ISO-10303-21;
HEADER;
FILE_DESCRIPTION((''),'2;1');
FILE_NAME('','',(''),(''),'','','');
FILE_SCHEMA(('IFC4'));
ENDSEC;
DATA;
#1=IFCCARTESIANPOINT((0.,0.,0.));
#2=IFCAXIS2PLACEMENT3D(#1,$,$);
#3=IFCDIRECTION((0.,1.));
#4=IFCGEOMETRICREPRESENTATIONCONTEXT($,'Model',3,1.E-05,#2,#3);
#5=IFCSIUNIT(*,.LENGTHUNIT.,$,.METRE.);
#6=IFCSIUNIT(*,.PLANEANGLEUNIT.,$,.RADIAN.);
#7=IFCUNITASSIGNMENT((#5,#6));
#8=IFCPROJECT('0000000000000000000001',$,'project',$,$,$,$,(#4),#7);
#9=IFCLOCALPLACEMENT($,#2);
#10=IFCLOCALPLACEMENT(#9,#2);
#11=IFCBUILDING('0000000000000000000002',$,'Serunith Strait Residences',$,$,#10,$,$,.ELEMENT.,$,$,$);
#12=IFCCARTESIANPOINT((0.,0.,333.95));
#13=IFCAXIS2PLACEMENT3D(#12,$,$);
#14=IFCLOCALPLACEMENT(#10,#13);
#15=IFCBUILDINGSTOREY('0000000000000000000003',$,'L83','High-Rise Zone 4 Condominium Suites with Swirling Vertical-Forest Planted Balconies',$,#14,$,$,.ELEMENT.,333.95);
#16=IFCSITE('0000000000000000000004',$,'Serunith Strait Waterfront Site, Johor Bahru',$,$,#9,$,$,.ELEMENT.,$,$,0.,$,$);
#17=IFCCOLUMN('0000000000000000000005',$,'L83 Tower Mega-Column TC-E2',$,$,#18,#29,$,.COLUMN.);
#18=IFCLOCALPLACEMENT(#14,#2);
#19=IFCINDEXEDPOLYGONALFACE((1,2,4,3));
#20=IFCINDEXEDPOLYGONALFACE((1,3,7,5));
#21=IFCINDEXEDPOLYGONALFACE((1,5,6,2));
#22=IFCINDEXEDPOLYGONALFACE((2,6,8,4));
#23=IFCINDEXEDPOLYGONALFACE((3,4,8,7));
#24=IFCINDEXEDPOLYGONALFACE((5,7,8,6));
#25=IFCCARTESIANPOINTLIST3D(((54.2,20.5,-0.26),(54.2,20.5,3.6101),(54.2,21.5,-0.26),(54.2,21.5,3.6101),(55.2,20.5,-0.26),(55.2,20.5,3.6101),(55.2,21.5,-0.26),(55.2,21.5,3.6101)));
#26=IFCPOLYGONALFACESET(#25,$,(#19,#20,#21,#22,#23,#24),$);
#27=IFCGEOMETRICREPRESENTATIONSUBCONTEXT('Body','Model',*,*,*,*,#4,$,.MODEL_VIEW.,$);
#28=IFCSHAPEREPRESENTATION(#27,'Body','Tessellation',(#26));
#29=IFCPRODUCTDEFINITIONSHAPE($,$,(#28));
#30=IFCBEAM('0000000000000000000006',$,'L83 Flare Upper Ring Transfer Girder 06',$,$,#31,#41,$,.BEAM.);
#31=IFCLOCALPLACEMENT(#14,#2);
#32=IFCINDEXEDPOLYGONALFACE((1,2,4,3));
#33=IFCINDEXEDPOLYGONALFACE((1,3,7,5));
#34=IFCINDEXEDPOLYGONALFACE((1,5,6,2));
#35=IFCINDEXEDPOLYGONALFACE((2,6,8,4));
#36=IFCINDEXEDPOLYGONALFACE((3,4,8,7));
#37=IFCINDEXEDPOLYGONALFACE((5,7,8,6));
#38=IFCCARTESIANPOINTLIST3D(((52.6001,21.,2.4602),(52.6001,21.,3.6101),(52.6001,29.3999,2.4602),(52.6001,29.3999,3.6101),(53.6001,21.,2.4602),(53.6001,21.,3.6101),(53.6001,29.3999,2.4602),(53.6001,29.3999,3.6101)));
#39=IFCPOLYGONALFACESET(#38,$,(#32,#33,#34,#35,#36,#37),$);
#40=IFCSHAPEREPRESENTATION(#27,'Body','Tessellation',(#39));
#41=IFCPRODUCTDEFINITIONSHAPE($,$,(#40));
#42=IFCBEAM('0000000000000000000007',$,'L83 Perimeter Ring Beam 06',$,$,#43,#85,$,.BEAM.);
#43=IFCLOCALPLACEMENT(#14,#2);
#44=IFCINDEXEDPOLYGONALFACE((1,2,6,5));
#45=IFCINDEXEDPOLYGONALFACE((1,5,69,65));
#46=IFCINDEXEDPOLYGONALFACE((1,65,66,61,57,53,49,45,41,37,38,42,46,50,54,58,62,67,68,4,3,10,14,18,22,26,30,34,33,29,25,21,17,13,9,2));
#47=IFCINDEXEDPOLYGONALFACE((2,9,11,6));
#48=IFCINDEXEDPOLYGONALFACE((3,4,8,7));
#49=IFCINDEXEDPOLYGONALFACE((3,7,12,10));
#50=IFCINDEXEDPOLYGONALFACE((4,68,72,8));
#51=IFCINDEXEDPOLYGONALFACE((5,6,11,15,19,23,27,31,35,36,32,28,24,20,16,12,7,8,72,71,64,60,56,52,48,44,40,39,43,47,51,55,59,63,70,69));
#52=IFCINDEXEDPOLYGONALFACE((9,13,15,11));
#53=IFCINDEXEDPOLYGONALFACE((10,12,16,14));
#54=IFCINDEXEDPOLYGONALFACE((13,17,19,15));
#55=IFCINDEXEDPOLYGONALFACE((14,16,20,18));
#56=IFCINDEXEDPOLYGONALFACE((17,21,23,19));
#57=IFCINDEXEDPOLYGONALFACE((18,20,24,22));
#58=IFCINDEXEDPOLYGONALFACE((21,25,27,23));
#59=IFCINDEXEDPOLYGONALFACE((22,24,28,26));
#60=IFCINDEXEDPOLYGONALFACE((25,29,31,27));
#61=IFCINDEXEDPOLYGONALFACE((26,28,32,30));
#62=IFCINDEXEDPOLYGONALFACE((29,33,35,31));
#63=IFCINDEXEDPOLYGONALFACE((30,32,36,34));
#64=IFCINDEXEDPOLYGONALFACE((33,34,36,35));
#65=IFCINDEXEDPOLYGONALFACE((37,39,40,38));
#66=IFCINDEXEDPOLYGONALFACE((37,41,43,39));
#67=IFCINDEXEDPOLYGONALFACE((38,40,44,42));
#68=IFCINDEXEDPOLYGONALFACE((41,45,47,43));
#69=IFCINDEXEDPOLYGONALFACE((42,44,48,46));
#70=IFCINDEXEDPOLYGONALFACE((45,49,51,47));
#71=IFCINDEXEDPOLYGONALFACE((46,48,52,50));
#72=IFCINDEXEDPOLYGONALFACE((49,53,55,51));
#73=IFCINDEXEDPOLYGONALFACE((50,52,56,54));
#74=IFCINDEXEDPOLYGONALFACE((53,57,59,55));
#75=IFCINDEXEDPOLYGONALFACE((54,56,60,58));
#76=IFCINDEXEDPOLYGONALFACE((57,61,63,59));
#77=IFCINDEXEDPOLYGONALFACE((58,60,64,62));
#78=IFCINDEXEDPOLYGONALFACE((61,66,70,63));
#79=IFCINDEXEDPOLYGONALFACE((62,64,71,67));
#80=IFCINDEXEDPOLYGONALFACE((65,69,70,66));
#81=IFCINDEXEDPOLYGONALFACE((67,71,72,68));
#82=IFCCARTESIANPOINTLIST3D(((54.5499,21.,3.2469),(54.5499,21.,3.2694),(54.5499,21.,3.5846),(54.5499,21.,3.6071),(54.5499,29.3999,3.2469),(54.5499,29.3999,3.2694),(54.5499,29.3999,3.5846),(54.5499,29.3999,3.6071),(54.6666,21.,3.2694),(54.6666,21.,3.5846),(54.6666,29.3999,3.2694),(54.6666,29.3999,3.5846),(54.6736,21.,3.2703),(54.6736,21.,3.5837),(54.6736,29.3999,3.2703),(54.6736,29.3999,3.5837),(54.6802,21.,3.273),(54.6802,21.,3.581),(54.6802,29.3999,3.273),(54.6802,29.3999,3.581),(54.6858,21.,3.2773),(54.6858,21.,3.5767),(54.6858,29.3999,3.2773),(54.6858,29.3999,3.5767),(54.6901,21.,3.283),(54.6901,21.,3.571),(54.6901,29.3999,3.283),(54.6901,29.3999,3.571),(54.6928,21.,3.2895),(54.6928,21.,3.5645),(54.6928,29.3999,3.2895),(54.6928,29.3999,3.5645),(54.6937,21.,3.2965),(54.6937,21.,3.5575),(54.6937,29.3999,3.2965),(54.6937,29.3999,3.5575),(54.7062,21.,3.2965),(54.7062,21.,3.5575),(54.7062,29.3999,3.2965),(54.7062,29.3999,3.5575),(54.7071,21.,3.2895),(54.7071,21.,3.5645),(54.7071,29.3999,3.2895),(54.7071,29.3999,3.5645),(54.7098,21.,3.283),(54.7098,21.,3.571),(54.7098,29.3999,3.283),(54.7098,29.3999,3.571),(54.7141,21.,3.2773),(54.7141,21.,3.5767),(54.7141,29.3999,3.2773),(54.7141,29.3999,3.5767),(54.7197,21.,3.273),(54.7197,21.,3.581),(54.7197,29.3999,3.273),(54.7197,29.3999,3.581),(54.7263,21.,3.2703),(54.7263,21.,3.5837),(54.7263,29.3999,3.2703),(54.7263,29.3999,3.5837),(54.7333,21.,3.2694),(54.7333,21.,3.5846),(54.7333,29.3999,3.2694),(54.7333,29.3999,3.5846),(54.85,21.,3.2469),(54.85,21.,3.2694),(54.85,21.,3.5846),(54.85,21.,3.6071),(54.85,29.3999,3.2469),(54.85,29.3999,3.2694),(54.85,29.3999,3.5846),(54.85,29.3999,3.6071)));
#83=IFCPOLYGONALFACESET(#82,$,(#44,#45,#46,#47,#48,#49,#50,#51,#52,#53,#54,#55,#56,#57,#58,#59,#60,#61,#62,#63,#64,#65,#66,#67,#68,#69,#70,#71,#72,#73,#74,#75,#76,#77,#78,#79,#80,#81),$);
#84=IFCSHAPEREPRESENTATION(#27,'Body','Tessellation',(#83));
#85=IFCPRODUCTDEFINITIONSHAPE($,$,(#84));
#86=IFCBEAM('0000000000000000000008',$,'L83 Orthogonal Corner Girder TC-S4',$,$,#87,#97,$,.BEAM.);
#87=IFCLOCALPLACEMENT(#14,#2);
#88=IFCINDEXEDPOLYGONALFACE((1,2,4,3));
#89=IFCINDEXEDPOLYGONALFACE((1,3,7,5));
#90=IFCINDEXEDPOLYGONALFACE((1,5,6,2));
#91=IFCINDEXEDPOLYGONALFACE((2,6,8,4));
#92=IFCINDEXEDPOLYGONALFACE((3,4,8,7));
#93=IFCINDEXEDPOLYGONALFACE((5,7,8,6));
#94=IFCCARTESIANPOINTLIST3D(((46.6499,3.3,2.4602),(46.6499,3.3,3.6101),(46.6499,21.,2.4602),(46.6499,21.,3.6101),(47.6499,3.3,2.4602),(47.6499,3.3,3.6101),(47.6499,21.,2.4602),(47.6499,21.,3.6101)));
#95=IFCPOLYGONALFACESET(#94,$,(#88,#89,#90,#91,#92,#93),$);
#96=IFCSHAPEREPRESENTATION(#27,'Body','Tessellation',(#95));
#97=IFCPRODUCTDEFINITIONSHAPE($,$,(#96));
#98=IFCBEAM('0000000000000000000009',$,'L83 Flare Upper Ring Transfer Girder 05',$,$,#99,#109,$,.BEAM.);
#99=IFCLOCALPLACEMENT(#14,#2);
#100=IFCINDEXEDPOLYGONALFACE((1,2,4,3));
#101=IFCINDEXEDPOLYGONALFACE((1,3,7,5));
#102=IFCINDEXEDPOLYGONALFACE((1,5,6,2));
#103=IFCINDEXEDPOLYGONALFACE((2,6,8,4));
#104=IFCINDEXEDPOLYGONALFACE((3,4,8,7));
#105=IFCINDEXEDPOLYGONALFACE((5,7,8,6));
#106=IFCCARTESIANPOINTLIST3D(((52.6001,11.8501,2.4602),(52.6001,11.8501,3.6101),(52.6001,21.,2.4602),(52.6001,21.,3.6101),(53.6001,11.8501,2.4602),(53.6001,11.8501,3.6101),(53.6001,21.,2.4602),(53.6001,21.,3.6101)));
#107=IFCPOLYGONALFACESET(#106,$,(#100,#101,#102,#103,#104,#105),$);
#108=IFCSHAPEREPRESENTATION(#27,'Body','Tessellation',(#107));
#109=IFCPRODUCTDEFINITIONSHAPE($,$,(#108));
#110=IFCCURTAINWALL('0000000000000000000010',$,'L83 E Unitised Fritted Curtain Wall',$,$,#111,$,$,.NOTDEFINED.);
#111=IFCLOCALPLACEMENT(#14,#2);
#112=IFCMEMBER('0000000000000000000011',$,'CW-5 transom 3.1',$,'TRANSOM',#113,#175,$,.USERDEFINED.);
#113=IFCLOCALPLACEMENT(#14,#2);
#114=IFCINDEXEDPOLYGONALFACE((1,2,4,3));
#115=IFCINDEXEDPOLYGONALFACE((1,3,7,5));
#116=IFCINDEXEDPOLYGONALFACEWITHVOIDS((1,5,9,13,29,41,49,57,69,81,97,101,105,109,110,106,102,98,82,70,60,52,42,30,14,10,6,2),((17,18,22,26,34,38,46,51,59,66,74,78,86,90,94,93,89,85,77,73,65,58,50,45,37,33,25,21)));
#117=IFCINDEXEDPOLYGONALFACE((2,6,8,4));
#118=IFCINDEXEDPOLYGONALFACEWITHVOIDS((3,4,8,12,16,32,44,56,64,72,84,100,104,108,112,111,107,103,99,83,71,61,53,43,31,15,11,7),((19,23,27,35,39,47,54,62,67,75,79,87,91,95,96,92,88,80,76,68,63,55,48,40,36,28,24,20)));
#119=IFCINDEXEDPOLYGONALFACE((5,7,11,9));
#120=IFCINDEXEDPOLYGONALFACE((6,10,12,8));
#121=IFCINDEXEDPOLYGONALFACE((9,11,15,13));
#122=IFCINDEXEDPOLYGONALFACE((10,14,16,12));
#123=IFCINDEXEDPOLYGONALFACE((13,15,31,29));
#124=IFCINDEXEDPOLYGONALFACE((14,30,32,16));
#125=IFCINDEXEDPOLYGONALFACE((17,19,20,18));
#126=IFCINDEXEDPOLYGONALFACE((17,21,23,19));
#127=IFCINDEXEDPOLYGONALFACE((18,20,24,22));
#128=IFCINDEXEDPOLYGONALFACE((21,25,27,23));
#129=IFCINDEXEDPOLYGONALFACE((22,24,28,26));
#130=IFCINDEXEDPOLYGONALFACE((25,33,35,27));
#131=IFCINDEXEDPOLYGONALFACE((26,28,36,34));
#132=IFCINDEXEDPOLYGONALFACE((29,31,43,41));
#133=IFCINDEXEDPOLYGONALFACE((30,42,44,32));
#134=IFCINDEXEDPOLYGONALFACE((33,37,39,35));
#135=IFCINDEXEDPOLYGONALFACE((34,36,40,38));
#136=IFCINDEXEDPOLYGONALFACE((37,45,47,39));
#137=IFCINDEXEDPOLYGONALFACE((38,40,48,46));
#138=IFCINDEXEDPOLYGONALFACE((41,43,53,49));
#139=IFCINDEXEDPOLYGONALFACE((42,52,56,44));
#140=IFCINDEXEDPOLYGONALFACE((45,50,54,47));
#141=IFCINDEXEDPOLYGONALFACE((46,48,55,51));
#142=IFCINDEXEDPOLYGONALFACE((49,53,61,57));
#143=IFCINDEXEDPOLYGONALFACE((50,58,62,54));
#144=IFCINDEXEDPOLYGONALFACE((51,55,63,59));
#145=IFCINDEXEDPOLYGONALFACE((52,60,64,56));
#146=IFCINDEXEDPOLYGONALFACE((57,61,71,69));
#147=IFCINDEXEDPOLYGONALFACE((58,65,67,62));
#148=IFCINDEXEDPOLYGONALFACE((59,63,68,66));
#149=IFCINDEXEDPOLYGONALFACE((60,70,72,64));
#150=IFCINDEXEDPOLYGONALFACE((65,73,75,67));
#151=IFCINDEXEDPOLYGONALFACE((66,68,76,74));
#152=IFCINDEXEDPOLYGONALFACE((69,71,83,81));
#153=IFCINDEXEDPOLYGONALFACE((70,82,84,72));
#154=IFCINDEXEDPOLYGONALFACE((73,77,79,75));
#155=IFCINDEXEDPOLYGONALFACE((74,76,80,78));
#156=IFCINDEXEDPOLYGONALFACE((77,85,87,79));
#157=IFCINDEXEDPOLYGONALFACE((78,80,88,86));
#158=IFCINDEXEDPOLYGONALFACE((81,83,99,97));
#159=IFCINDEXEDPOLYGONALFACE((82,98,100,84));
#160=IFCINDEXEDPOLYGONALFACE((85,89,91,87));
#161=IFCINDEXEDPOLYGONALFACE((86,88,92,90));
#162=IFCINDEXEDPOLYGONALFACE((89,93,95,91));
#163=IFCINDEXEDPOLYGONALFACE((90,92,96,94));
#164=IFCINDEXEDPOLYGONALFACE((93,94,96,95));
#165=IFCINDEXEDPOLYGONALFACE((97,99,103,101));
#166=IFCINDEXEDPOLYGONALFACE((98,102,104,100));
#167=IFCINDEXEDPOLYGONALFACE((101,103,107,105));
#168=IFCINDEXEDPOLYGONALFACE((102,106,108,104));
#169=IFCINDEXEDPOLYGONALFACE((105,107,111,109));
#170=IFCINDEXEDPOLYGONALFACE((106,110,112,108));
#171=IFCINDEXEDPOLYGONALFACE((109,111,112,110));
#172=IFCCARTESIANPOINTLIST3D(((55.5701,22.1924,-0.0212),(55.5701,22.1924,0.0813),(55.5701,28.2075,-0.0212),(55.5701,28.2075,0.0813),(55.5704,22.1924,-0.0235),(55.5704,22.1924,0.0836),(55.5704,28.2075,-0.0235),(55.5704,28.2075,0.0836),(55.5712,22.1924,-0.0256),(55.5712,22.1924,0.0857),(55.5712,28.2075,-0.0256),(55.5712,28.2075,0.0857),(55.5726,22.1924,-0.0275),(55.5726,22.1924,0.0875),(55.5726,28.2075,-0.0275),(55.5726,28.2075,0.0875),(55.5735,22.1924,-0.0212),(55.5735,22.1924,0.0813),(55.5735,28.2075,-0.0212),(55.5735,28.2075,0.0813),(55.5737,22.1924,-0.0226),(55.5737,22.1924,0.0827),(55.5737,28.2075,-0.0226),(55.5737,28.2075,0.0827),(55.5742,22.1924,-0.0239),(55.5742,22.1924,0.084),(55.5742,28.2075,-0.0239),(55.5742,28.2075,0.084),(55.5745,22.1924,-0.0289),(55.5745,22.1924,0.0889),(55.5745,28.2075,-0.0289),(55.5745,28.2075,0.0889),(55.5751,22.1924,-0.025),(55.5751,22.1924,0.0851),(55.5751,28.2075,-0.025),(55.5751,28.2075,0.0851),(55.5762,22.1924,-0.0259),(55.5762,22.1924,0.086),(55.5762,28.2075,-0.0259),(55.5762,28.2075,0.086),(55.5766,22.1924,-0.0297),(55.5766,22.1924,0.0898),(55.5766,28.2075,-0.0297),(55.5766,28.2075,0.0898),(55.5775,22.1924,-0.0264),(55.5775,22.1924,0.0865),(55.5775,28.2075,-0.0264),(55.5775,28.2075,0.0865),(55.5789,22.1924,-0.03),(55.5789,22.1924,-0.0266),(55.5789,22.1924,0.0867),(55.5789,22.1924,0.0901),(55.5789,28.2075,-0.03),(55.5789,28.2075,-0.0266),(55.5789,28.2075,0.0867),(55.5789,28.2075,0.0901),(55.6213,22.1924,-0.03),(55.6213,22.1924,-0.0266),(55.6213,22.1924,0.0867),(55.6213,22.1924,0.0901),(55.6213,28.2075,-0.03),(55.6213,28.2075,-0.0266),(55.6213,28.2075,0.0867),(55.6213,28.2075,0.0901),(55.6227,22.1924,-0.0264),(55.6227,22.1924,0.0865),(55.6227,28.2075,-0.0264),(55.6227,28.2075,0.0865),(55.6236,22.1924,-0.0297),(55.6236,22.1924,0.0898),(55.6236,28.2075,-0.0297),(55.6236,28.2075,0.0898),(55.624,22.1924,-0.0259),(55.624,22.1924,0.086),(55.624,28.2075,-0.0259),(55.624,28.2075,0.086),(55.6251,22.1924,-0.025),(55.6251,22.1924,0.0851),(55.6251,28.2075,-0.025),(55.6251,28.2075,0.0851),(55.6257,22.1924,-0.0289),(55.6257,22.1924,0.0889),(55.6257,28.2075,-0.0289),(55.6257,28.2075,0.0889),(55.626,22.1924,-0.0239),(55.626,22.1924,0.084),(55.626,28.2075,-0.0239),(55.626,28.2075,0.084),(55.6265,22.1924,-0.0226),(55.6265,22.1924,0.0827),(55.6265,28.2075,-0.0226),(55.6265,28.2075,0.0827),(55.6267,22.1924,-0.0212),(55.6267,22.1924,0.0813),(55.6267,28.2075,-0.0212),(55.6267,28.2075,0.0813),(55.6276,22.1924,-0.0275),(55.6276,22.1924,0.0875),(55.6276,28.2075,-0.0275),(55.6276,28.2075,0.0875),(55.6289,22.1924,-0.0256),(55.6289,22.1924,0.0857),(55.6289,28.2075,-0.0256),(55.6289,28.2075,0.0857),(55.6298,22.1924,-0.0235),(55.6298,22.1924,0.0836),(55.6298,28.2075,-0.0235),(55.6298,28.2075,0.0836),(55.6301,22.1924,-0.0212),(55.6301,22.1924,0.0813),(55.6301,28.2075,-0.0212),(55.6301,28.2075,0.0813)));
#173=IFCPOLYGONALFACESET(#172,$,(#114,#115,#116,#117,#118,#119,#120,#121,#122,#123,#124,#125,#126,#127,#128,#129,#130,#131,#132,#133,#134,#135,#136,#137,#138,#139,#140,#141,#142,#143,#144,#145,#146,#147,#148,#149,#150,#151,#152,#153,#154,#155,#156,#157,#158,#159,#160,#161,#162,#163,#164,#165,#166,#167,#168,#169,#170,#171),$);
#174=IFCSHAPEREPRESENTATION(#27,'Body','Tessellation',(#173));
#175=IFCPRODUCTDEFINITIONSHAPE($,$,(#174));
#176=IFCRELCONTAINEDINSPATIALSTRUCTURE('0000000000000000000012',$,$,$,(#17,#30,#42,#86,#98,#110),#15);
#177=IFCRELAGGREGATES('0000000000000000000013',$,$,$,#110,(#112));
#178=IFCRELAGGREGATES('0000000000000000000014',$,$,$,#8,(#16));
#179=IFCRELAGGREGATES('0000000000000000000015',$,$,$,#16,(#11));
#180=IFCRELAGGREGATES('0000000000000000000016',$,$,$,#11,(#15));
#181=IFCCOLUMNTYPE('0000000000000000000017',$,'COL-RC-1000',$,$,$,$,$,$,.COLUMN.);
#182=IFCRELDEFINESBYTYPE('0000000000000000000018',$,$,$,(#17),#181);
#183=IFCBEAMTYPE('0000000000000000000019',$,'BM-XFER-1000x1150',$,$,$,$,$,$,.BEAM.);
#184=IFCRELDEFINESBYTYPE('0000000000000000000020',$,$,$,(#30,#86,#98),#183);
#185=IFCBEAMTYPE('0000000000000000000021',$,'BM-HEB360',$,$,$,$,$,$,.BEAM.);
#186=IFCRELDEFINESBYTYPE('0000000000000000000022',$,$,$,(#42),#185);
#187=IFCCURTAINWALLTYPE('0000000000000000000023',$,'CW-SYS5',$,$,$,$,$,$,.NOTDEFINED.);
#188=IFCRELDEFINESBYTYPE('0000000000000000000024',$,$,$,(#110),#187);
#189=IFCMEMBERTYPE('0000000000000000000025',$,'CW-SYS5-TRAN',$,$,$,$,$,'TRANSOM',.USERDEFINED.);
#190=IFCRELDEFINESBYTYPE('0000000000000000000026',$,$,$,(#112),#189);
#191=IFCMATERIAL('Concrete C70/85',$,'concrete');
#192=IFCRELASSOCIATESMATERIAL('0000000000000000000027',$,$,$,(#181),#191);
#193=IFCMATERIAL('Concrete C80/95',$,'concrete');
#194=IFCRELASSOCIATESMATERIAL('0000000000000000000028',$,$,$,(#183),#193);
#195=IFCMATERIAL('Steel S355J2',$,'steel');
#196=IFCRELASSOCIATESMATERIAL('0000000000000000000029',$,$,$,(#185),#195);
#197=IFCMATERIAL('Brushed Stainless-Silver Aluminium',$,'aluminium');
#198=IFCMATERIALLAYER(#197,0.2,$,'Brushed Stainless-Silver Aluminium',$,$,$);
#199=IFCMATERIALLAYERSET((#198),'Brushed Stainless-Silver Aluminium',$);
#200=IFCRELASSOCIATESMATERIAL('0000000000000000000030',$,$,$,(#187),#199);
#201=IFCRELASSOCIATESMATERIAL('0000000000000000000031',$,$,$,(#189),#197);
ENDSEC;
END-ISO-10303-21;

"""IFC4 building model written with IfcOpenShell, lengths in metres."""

from ifc_helpers import new_model, si_unit, direction, frame, origin, origin_2d, place, context, subcontext, project, spatial, rectangle, hollow_rectangle, i_section, extrude, source, transform, mapped, material, layer, layer_set, material_profile, profile_set, type_object, element, aggregate, save


model = new_model("IFC4")

# Units and contexts
model_context = context("Model", 3, precision=1e-05, world=origin(), true_north=direction((0.0, 1.0)))
body_context = subcontext(model_context, "Body", "Model", "MODEL_VIEW")
ifc_project = project(units=[si_unit("LENGTHUNIT", "METRE"), si_unit("PLANEANGLEUNIT", "RADIAN")], contexts=[model_context])

# Site, building, storey
site_placement = place(None, origin())
site = spatial("IfcSite", under=ifc_project, at=site_placement, Name="Serunith Strait Waterfront Site, Johor Bahru", CompositionType="ELEMENT", RefElevation=0.0)
building_placement = place(site_placement, origin())
building = spatial("IfcBuilding", under=site, at=building_placement, Name="Serunith Strait Residences", CompositionType="ELEMENT")
storey_placement = place(building_placement, frame((0.0, 0.0, 333.95)))
storey = spatial("IfcBuildingStorey", under=building, at=storey_placement, Name="L83", Description="High-Rise Zone 4 Condominium Suites with Swirling Vertical-Forest Planted Balconies", CompositionType="ELEMENT", Elevation=333.95)

# Column
ifc_material_1 = material(Name="Concrete C70/85", Category="concrete")
ifc_material_profile_1 = material_profile(ifc_material_1, rectangle(XDim=1.0, YDim=1.0, at=origin_2d()), Name="RC 1000x1000")
ifc_profile_set_1 = profile_set([ifc_material_profile_1], Name="Concrete C70/85")
column_type = type_object("IfcColumnType", Name="COL-RC-1000", PredefinedType="COLUMN", material=ifc_profile_set_1)
shared_shape_1 = source(origin(), body_context, "Body", "SweptSolid", [
    extrude(rectangle(XDim=1.0, YDim=1.0, at=origin_2d()), origin(), (0.0, 0.0, 1.0), 3.8701),
])
column_placement = place(storey_placement, frame((54.7, 21.0, -0.26), z_axis=(0.0, 0.0, 1.0), x_axis=(1.0, 0.0, 0.0)))
element("IfcColumn", 1, at=column_placement, inside=storey, type_object=column_type, Name="L83 Tower Mega-Column TC-E2", PredefinedType="COLUMN", context=body_context, shape_type="MappedRepresentation", body=[
    mapped(shared_shape_1, transform((0.0, 0.0, 0.0), scale=1.0)),
])

# Beams
ifc_material_2 = material(Name="Concrete C80/95", Category="concrete")
ifc_material_profile_2 = material_profile(ifc_material_2, rectangle(XDim=1.0, YDim=1.1499, at=origin_2d()), Name="RC 1000x1150")
ifc_profile_set_2 = profile_set([ifc_material_profile_2], Name="Concrete C80/95")
beam_type_1 = type_object("IfcBeamType", Name="BM-XFER-1000x1150", PredefinedType="BEAM", material=ifc_profile_set_2)
shared_shape_2 = source(origin(), body_context, "Body", "SweptSolid", [
    extrude(rectangle(XDim=1.0, YDim=1.1499, at=origin_2d()), origin(), (0.0, 0.0, 1.0), 8.3999),
])
beam_1_placement = place(storey_placement, frame((53.1001, 21.0, 3.0352), z_axis=(0.0, 1.0, 0.0), x_axis=(-1.0, 0.0, 0.0)))
element("IfcBeam", 2, at=beam_1_placement, inside=storey, type_object=beam_type_1, Name="L83 Flare Upper Ring Transfer Girder 06", PredefinedType="BEAM", context=body_context, shape_type="MappedRepresentation", body=[
    mapped(shared_shape_2, transform((0.0, 0.0, 0.0), scale=1.0)),
])
ifc_material_3 = material(Name="Steel S355J2", Category="steel")
ifc_material_profile_3 = material_profile(ifc_material_3, i_section(OverallWidth=0.3, OverallDepth=0.3601, WebThickness=0.0125, FlangeThickness=0.0225, FilletRadius=0.0271, at=origin_2d()), Name="HEB 360")
ifc_profile_set_3 = profile_set([ifc_material_profile_3], Name="Steel S355J2")
beam_type_2 = type_object("IfcBeamType", Name="BM-HEB360", PredefinedType="BEAM", material=ifc_profile_set_3)
shared_shape_3 = source(origin(), body_context, "Body", "SweptSolid", [
    extrude(i_section(OverallWidth=0.3, OverallDepth=0.3601, WebThickness=0.0125, FlangeThickness=0.0225, FilletRadius=0.0271, at=origin_2d()), origin(), (0.0, 0.0, 1.0), 8.3999),
])
beam_2_placement = place(storey_placement, frame((54.7, 21.0, 3.427), z_axis=(0.0, 1.0, 0.0), x_axis=(-1.0, 0.0, 0.0)))
element("IfcBeam", 3, at=beam_2_placement, inside=storey, type_object=beam_type_2, Name="L83 Perimeter Ring Beam 06", PredefinedType="BEAM", context=body_context, shape_type="MappedRepresentation", body=[
    mapped(shared_shape_3, transform((0.0, 0.0, 0.0), scale=1.0)),
])
shared_shape_4 = source(origin(), body_context, "Body", "SweptSolid", [
    extrude(rectangle(XDim=1.0, YDim=1.1499, at=origin_2d()), origin(), (0.0, 0.0, 1.0), 17.7),
])
beam_3_placement = place(storey_placement, frame((47.1499, 21.0, 3.0352), z_axis=(0.0, -1.0, 0.0), x_axis=(1.0, 0.0, 0.0)))
element("IfcBeam", 4, at=beam_3_placement, inside=storey, type_object=beam_type_1, Name="L83 Orthogonal Corner Girder TC-S4", PredefinedType="BEAM", context=body_context, shape_type="MappedRepresentation", body=[
    mapped(shared_shape_4, transform((0.0, 0.0, 0.0), scale=1.0)),
])
shared_shape_5 = source(origin(), body_context, "Body", "SweptSolid", [
    extrude(rectangle(XDim=1.0, YDim=1.1499, at=origin_2d()), origin(), (0.0, 0.0, 1.0), 9.1499),
])
beam_4_placement = place(storey_placement, frame((53.1001, 11.8501, 3.0352), z_axis=(0.0, 1.0, 0.0), x_axis=(-1.0, 0.0, 0.0)))
element("IfcBeam", 5, at=beam_4_placement, inside=storey, type_object=beam_type_1, Name="L83 Flare Upper Ring Transfer Girder 05", PredefinedType="BEAM", context=body_context, shape_type="MappedRepresentation", body=[
    mapped(shared_shape_5, transform((0.0, 0.0, 0.0), scale=1.0)),
])

# Curtain wall, member
ifc_material_4 = material(Name="Brushed Stainless-Silver Aluminium", Category="aluminium")
ifc_layer_1 = layer(ifc_material_4, 0.2, Name="Brushed Stainless-Silver Aluminium")
ifc_layer_set_1 = layer_set([ifc_layer_1], Name="Brushed Stainless-Silver Aluminium")
curtain_wall_type = type_object("IfcCurtainWallType", Name="CW-SYS5", PredefinedType="NOTDEFINED", material=ifc_layer_set_1)
curtain_wall_placement = place(storey_placement, origin())
curtain_wall = element("IfcCurtainWall", 6, at=curtain_wall_placement, inside=storey, type_object=curtain_wall_type, Name="L83 E Unitised Fritted Curtain Wall", PredefinedType="NOTDEFINED")
ifc_material_profile_4 = material_profile(ifc_material_4, hollow_rectangle(XDim=0.0601, YDim=0.1201, WallThickness=0.0034, InnerFilletRadius=0.0054, OuterFilletRadius=0.0088, at=origin_2d()), Name="ALU 120x60x3.5")
ifc_profile_set_4 = profile_set([ifc_material_profile_4], Name="Brushed Stainless-Silver Aluminium")
member_type_1 = type_object("IfcMemberType", Name="CW-SYS5-TRAN", ElementType="TRANSOM", PredefinedType="USERDEFINED", material=ifc_profile_set_4)
shared_shape_6 = source(origin(), body_context, "Body", "SweptSolid", [
    extrude(hollow_rectangle(XDim=0.0601, YDim=0.1201, WallThickness=0.0034, InnerFilletRadius=0.0054, OuterFilletRadius=0.0088, at=origin_2d()), origin(), (0.0, 0.0, 1.0), 6.0151),
])
member_1_placement = place(storey_placement, frame((55.6001, 22.1924, 0.03), z_axis=(0.0, 1.0, 0.0), x_axis=(-1.0, 0.0, 0.0)))
member_1 = element("IfcMember", 7, at=member_1_placement, type_object=member_type_1, Name="CW-5 transom 3.1", ObjectType="TRANSOM", PredefinedType="USERDEFINED", context=body_context, shape_type="MappedRepresentation", body=[
    mapped(shared_shape_6, transform((0.0, 0.0, 0.0), scale=1.0)),
])
aggregate(curtain_wall, [member_1])

save(model, "model.ifc")
